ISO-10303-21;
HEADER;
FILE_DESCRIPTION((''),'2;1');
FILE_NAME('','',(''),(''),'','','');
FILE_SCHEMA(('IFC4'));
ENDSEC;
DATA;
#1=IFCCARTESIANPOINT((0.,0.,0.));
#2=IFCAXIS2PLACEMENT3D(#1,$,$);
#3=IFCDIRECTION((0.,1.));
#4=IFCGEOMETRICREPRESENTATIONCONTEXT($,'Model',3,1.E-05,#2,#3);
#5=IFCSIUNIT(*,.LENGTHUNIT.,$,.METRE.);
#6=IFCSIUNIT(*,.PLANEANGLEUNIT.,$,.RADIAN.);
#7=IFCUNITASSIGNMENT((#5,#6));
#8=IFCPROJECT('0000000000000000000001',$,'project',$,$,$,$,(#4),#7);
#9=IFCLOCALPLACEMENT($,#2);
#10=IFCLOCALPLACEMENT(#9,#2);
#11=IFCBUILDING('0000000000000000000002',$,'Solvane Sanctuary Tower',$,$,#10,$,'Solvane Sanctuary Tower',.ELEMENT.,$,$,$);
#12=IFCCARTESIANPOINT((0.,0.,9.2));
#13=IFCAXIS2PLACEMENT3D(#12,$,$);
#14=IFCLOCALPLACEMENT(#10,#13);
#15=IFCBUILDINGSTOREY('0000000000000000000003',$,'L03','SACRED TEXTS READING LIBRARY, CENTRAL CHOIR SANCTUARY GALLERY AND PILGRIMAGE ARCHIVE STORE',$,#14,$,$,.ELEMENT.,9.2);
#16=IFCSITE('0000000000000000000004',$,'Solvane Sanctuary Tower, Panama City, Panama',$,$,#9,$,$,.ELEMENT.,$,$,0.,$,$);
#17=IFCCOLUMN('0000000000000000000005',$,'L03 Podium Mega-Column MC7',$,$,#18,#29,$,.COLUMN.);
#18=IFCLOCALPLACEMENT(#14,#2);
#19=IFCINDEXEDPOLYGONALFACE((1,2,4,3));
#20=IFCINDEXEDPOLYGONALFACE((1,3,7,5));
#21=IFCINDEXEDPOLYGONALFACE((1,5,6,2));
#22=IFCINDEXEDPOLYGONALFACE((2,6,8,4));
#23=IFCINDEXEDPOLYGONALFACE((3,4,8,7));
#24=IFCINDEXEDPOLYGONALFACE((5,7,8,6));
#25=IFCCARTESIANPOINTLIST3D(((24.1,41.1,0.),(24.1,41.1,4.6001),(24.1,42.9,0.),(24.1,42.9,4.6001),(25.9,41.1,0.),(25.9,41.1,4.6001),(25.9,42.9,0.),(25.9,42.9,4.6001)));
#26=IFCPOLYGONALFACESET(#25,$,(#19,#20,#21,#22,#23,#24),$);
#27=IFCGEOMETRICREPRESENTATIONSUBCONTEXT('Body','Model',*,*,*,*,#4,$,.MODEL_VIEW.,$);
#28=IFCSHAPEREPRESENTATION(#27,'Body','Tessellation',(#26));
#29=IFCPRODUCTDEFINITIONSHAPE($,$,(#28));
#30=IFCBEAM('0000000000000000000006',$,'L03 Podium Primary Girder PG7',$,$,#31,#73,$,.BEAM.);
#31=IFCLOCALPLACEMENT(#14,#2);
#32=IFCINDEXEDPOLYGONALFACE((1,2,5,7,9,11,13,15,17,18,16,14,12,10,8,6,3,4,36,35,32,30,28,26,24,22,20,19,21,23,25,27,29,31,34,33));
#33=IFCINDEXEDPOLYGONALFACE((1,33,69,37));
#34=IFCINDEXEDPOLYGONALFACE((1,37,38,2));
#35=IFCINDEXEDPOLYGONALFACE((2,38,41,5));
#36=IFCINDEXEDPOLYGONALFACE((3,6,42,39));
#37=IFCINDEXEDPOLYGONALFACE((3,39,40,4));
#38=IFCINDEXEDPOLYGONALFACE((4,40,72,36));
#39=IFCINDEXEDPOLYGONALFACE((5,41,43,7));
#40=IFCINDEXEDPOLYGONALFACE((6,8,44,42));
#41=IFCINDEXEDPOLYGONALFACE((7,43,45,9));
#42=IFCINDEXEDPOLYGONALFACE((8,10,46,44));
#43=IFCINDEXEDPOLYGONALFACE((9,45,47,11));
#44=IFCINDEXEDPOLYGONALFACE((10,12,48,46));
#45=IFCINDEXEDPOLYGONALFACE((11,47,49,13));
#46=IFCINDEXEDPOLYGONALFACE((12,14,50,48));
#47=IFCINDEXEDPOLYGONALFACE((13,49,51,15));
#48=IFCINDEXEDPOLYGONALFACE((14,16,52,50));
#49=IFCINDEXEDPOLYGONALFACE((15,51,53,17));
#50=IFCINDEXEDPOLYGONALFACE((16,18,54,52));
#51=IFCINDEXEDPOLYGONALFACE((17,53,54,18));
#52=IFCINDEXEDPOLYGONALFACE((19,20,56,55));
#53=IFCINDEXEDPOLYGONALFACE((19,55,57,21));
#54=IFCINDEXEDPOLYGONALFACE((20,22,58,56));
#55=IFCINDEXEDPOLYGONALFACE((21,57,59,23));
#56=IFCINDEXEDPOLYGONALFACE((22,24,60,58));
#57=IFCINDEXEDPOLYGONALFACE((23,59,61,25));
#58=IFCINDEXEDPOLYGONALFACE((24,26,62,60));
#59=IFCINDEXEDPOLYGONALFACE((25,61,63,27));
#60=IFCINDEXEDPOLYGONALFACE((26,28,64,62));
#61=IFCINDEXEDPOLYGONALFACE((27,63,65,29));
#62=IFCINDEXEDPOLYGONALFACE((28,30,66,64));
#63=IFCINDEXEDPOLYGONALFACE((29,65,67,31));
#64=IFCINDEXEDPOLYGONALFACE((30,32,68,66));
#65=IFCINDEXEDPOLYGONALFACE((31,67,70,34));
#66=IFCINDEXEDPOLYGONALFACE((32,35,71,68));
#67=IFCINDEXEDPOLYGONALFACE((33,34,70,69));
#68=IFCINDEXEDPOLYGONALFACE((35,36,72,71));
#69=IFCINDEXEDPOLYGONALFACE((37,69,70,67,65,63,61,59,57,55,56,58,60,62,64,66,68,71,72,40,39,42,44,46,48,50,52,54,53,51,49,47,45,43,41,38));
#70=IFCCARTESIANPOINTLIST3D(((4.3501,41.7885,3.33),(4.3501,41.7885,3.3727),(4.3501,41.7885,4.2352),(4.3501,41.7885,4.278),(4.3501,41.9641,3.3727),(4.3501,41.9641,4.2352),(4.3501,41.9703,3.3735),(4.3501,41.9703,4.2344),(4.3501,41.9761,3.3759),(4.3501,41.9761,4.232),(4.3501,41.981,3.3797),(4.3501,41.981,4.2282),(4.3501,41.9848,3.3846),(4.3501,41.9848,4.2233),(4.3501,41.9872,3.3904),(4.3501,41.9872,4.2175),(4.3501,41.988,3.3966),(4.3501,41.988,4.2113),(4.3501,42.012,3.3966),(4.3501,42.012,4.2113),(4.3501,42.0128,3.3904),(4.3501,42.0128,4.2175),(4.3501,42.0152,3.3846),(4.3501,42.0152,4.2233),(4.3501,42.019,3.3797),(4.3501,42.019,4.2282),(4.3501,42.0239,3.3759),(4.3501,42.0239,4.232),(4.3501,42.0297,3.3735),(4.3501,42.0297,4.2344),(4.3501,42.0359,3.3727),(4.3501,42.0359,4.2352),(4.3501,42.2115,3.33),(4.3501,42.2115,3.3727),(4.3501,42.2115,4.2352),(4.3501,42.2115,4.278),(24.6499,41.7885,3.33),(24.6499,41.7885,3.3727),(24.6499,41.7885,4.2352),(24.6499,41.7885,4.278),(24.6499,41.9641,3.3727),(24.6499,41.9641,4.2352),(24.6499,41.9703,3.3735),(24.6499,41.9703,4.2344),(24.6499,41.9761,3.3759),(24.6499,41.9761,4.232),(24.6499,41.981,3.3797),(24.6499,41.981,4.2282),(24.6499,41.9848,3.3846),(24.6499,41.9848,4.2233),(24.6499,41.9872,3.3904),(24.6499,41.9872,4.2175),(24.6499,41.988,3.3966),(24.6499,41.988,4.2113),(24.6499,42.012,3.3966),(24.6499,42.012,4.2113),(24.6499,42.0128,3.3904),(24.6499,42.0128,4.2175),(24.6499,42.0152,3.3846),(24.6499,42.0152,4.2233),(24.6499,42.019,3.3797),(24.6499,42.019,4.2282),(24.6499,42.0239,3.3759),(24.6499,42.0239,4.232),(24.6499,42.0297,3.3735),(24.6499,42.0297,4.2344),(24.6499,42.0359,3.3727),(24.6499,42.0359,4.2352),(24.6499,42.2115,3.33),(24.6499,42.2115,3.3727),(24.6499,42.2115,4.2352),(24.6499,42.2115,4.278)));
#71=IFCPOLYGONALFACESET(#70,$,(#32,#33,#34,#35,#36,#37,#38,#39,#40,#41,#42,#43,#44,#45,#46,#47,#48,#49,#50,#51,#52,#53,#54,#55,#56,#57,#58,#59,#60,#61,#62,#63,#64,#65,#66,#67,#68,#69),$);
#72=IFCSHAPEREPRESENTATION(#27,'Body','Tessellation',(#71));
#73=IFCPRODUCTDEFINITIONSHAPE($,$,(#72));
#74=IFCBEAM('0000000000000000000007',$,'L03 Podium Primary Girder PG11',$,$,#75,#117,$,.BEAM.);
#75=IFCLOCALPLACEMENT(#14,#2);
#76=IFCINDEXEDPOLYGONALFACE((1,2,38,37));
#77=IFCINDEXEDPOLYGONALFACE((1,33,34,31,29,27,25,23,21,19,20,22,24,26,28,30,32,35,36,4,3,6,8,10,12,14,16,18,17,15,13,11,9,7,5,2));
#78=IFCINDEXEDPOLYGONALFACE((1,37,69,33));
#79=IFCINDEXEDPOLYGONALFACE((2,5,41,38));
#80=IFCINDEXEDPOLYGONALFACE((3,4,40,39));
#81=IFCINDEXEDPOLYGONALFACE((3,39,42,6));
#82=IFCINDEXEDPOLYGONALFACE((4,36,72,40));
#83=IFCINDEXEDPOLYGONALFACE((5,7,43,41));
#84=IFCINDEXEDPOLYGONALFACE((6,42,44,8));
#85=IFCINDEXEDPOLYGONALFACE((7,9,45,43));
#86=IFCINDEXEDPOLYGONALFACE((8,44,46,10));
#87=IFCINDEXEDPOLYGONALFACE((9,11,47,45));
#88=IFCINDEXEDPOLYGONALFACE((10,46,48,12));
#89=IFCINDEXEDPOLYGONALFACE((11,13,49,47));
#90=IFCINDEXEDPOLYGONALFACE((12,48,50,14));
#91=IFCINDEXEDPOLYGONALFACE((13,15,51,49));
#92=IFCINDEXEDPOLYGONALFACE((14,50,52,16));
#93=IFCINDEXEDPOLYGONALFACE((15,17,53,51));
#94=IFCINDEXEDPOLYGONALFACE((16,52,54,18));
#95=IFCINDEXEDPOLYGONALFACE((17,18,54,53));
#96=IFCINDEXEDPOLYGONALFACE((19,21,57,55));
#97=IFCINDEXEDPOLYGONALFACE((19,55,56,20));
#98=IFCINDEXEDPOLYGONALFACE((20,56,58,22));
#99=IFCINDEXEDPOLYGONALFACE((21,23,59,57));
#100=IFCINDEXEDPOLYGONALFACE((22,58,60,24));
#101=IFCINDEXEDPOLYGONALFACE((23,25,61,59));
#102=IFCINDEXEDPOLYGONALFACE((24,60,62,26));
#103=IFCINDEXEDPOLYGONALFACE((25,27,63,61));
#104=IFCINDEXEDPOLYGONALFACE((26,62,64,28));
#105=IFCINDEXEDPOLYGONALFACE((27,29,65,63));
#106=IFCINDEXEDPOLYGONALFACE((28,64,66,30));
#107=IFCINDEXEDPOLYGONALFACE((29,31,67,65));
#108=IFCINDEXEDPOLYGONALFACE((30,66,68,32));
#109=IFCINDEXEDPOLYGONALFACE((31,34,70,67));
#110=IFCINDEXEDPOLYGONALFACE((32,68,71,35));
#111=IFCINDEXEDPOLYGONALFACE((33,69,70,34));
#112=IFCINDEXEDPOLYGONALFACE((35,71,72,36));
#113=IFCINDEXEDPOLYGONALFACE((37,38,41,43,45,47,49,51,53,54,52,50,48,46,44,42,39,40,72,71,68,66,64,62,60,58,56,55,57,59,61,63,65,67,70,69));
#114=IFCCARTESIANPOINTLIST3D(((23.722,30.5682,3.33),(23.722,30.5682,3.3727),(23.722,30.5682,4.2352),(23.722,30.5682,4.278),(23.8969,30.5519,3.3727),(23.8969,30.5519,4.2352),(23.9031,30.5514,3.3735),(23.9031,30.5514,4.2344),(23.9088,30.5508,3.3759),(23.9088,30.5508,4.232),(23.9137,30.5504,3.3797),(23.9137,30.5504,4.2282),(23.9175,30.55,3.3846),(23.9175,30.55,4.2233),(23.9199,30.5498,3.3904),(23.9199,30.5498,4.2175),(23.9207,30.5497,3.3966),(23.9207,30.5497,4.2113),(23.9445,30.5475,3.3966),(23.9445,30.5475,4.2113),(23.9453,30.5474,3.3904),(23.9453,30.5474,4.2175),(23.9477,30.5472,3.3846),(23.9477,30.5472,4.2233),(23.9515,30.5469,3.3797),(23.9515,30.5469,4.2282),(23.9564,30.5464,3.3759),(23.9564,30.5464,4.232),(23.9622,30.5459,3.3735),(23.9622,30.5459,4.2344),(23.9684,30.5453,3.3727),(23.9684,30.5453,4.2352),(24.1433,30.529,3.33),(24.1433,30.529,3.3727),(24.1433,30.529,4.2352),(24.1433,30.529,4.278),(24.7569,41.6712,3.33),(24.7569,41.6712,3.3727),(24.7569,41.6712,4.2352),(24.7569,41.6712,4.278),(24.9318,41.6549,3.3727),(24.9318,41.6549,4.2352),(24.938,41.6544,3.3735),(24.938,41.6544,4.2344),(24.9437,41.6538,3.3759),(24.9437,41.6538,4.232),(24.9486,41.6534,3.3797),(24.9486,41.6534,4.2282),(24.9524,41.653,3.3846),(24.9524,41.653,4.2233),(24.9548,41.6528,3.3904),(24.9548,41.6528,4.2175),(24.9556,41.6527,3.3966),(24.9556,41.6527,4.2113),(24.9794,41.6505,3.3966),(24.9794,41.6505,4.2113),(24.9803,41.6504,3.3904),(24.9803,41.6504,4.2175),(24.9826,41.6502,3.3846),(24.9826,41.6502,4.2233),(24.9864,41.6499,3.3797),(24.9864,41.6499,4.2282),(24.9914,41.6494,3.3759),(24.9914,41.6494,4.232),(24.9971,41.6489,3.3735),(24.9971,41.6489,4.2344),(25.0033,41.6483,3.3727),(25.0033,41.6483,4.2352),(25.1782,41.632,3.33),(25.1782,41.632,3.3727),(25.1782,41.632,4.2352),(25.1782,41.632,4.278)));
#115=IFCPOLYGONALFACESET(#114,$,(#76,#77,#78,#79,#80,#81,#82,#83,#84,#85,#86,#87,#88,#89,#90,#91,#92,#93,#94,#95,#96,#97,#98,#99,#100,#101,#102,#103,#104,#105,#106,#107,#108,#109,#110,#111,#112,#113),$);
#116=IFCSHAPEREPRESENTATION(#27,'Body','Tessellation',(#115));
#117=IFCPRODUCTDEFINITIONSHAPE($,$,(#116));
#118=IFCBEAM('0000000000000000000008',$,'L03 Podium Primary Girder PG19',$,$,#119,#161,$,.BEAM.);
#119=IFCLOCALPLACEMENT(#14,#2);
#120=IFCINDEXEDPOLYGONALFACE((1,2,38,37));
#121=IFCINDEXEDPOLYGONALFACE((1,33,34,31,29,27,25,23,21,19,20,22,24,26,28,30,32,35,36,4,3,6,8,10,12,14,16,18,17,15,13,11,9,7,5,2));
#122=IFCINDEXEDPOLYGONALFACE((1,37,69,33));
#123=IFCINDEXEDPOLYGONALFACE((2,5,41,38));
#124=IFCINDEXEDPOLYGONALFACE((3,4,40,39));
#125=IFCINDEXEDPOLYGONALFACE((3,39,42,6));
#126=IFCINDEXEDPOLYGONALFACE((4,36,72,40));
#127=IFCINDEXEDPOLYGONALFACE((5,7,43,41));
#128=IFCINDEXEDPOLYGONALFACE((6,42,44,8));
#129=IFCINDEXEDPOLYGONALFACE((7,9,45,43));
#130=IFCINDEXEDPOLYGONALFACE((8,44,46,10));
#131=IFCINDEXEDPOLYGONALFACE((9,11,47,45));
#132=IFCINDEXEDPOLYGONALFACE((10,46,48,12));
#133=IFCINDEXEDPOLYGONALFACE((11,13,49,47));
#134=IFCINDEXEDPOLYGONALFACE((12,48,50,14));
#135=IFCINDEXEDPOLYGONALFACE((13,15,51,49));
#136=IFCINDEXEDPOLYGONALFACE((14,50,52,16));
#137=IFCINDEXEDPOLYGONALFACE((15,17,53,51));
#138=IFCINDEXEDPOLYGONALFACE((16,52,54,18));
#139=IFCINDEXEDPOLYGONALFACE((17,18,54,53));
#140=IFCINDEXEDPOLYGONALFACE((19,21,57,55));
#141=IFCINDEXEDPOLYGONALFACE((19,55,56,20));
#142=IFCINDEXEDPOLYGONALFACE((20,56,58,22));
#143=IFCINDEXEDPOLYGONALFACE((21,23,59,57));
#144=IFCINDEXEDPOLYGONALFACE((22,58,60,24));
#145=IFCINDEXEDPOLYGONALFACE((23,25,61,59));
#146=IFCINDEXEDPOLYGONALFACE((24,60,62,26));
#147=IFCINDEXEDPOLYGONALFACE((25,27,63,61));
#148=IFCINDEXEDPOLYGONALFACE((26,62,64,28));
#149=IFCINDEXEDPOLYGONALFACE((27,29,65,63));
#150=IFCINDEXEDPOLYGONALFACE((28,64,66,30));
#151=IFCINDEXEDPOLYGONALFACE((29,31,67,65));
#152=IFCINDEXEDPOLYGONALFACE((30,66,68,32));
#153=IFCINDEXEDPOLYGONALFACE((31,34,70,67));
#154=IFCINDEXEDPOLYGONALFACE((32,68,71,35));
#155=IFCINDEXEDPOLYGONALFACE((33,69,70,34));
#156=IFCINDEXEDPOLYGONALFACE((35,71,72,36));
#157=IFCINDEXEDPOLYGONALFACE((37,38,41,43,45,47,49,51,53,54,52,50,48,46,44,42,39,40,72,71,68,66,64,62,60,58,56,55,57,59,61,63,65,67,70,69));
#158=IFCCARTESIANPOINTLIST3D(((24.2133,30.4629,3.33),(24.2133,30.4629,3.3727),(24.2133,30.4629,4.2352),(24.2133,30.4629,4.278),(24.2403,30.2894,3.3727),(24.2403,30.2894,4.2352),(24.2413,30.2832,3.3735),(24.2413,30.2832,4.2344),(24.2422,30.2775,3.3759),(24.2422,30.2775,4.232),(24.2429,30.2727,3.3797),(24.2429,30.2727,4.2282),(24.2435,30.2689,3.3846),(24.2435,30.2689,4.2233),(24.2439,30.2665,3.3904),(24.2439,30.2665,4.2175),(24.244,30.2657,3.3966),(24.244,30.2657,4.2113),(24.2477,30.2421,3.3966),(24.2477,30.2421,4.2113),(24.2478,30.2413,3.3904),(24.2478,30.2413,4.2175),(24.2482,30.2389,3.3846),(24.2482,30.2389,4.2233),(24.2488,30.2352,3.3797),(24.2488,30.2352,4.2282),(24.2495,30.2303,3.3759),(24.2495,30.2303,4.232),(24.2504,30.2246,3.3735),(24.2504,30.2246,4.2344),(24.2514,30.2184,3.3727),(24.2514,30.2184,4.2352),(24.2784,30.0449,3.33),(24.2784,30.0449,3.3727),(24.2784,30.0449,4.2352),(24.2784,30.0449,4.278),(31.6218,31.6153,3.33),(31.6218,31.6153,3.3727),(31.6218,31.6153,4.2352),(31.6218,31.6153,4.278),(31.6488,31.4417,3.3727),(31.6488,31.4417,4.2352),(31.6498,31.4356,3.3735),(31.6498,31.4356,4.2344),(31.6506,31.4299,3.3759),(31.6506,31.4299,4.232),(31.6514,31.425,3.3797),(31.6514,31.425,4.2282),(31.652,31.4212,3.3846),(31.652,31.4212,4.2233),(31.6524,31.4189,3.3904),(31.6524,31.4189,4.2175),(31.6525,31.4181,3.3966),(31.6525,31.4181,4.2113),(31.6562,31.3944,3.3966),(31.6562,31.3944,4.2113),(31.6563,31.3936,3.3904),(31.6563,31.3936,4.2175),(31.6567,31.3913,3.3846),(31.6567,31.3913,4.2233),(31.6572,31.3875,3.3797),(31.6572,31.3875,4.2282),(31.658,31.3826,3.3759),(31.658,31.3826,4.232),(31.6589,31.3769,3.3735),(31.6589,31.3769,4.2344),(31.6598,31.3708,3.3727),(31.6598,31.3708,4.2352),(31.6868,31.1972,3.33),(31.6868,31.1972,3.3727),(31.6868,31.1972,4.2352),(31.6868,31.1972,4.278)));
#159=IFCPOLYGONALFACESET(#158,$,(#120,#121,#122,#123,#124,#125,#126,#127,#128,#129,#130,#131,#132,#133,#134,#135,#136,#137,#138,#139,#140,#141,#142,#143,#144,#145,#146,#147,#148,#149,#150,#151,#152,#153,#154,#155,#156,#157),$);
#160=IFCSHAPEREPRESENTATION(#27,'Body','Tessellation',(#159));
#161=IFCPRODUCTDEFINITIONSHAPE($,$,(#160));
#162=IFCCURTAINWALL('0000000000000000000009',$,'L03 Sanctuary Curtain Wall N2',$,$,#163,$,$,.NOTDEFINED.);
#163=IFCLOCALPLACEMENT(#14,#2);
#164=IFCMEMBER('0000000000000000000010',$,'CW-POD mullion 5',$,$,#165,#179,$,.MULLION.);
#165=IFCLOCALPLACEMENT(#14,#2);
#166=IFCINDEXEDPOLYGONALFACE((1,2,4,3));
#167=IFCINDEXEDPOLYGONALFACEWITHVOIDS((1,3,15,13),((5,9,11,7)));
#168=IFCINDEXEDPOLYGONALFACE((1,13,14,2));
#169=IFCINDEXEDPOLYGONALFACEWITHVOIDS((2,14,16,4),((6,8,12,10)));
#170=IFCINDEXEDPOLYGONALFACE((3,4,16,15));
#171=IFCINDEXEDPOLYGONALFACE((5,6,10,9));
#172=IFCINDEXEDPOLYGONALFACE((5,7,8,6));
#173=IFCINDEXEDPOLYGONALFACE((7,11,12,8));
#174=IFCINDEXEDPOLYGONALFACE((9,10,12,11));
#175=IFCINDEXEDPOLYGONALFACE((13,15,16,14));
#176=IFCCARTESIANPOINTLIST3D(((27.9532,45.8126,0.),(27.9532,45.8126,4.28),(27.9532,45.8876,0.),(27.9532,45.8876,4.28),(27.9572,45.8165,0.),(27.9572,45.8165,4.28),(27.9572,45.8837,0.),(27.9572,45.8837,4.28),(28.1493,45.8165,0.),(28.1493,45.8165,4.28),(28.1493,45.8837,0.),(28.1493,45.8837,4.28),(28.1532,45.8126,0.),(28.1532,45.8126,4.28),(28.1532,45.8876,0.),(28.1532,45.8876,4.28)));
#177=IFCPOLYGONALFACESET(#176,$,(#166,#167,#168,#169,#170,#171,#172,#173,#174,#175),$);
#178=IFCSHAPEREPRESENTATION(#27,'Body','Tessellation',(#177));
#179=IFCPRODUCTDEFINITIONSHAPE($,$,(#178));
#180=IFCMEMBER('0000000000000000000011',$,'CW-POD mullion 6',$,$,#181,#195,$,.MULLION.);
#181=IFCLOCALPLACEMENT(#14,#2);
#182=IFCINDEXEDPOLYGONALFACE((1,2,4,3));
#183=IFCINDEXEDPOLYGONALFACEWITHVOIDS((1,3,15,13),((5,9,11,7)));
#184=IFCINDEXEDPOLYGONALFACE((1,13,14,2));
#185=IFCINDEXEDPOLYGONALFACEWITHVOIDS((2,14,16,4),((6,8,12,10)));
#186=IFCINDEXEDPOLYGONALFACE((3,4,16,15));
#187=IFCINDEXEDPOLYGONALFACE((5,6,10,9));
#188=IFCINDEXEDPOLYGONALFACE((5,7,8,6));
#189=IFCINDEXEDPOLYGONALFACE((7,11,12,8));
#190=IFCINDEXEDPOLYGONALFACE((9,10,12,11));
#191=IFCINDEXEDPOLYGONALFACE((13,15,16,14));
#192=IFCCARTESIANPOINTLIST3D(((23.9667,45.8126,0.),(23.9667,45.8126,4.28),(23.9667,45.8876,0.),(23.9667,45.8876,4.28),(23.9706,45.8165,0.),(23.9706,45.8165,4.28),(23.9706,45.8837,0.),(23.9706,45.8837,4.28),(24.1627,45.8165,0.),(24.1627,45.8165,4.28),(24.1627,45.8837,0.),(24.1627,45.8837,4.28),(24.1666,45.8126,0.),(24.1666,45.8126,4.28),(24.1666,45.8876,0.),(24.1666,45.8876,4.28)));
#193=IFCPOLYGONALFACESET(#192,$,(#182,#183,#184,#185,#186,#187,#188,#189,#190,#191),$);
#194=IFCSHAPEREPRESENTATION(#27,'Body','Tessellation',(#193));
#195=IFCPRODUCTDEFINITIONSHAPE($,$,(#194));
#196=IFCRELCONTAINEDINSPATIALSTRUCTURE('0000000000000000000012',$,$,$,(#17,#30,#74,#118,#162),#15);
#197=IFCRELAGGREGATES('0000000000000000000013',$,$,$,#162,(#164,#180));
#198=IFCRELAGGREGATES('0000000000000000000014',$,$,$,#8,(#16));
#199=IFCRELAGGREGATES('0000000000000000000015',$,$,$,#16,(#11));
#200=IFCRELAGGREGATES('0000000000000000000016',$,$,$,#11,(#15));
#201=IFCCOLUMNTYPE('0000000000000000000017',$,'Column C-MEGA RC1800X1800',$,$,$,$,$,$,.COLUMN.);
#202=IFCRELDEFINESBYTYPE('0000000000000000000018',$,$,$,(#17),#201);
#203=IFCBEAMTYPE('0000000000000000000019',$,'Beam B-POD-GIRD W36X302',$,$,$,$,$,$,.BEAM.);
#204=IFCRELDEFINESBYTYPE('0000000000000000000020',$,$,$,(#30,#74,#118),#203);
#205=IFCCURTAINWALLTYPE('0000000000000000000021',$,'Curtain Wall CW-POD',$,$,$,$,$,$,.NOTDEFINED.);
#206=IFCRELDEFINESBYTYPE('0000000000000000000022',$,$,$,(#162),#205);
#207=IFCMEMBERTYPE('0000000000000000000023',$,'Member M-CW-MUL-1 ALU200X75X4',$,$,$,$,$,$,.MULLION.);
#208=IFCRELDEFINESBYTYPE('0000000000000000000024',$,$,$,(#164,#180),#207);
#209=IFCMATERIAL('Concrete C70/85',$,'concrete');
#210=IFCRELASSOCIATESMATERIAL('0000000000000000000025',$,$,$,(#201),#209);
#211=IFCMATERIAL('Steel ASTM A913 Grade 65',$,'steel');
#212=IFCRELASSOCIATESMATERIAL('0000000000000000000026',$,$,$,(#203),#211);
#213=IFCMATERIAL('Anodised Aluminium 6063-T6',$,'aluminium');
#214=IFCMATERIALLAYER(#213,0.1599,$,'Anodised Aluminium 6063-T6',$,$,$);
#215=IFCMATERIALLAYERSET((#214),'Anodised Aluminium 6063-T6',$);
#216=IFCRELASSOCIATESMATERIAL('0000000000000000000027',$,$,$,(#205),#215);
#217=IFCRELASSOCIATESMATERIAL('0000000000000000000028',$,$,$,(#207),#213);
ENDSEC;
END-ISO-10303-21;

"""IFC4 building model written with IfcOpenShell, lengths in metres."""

from ifc_helpers import new_model, si_unit, direction, frame, origin, origin_2d, place, context, subcontext, project, spatial, rectangle, hollow_rectangle, i_section, extrude, material, layer, layer_set, material_profile, profile_set, type_object, element, aggregate, save


model = new_model("IFC4")

# Units and contexts
model_context = context("Model", 3, precision=1e-05, world=origin(), true_north=direction((0.0, 1.0)))
body_context = subcontext(model_context, "Body", "Model", "MODEL_VIEW")
ifc_project = project(units=[si_unit("LENGTHUNIT", "METRE"), si_unit("PLANEANGLEUNIT", "RADIAN")], contexts=[model_context])

# Site, building, storey
site_placement = place(None, origin())
site = spatial("IfcSite", under=ifc_project, at=site_placement, Name="Solvane Sanctuary Tower, Panama City, Panama", CompositionType="ELEMENT", RefElevation=0.0)
building_placement = place(site_placement, origin())
building = spatial("IfcBuilding", under=site, at=building_placement, Name="Solvane Sanctuary Tower", LongName="Solvane Sanctuary Tower", CompositionType="ELEMENT")
storey_placement = place(building_placement, frame((0.0, 0.0, 9.2)))
storey = spatial("IfcBuildingStorey", under=building, at=storey_placement, Name="L03", Description="SACRED TEXTS READING LIBRARY, CENTRAL CHOIR SANCTUARY GALLERY AND PILGRIMAGE ARCHIVE STORE", CompositionType="ELEMENT", Elevation=9.2)

# Column
ifc_material_1 = material(Name="Concrete C70/85", Category="concrete")
ifc_material_profile_1 = material_profile(ifc_material_1, rectangle(XDim=1.8, YDim=1.8, at=origin_2d()), Name="RC1800X1800")
ifc_profile_set_1 = profile_set([ifc_material_profile_1], Name="Concrete C70/85")
column_type = type_object("IfcColumnType", Name="Column C-MEGA RC1800X1800", PredefinedType="COLUMN", material=ifc_profile_set_1)
column_placement = place(storey_placement, frame((25.0, 42.0, 0.0), z_axis=(0.0, 0.0, 1.0), x_axis=(1.0, 0.0, 0.0)))
element("IfcColumn", 1, at=column_placement, inside=storey, type_object=column_type, Name="L03 Podium Mega-Column MC7", PredefinedType="COLUMN", context=body_context, shape_type="SweptSolid", body=[
    extrude(rectangle(XDim=1.8, YDim=1.8, at=origin_2d()), origin(), (0.0, 0.0, 1.0), 4.6001),
])

# Beams
ifc_material_2 = material(Name="Steel ASTM A913 Grade 65", Category="steel")
ifc_material_profile_2 = material_profile(ifc_material_2, i_section(OverallWidth=0.4231, OverallDepth=0.948, WebThickness=0.0239, FlangeThickness=0.0427, FilletRadius=0.0239, at=origin_2d()), Name="W36X302")
ifc_profile_set_2 = profile_set([ifc_material_profile_2], Name="Steel ASTM A913 Grade 65")
beam_type = type_object("IfcBeamType", Name="Beam B-POD-GIRD W36X302", PredefinedType="BEAM", material=ifc_profile_set_2)
beam_1_placement = place(storey_placement, frame((24.6499, 42.0, 3.804), z_axis=(-1.0, 0.0, 0.0), x_axis=(0.0, -1.0, 0.0)))
element("IfcBeam", 2, at=beam_1_placement, inside=storey, type_object=beam_type, Name="L03 Podium Primary Girder PG7", PredefinedType="BEAM", context=body_context, shape_type="SweptSolid", body=[
    extrude(i_section(OverallWidth=0.4231, OverallDepth=0.948, WebThickness=0.0239, FlangeThickness=0.0427, FilletRadius=0.0239, at=origin_2d()), origin(), (0.0, 0.0, 1.0), 20.2998),
])
beam_2_placement = place(storey_placement, frame((24.9675, 41.6516, 3.804), z_axis=(-0.092808, -0.995684, 0.0), x_axis=(0.995684, -0.092808, 0.0)))
element("IfcBeam", 3, at=beam_2_placement, inside=storey, type_object=beam_type, Name="L03 Podium Primary Girder PG11", PredefinedType="BEAM", context=body_context, shape_type="SweptSolid", body=[
    extrude(i_section(OverallWidth=0.4231, OverallDepth=0.948, WebThickness=0.0239, FlangeThickness=0.0427, FilletRadius=0.0239, at=origin_2d()), origin(), (0.0, 0.0, 1.0), 11.1511),
])
beam_3_placement = place(storey_placement, frame((24.2458, 30.2539, 3.804), z_axis=(0.988118, 0.153696, 0.0), x_axis=(-0.153696, 0.988118, 0.0)))
element("IfcBeam", 4, at=beam_3_placement, inside=storey, type_object=beam_type, Name="L03 Podium Primary Girder PG19", PredefinedType="BEAM", context=body_context, shape_type="SweptSolid", body=[
    extrude(i_section(OverallWidth=0.4231, OverallDepth=0.948, WebThickness=0.0239, FlangeThickness=0.0427, FilletRadius=0.0239, at=origin_2d()), origin(), (0.0, 0.0, 1.0), 7.4976),
])

# Curtain wall, members
ifc_material_3 = material(Name="Anodised Aluminium 6063-T6", Category="aluminium")
ifc_layer_1 = layer(ifc_material_3, 0.1599, Name="Anodised Aluminium 6063-T6")
ifc_layer_set_1 = layer_set([ifc_layer_1], Name="Anodised Aluminium 6063-T6")
curtain_wall_type = type_object("IfcCurtainWallType", Name="Curtain Wall CW-POD", PredefinedType="NOTDEFINED", material=ifc_layer_set_1)
curtain_wall_placement = place(storey_placement, origin())
curtain_wall = element("IfcCurtainWall", 5, at=curtain_wall_placement, inside=storey, type_object=curtain_wall_type, Name="L03 Sanctuary Curtain Wall N2", PredefinedType="NOTDEFINED")
ifc_material_profile_3 = material_profile(ifc_material_3, hollow_rectangle(XDim=0.075, YDim=0.2, WallThickness=0.0039, at=origin_2d()), Name="ALU200X75X4")
ifc_profile_set_3 = profile_set([ifc_material_profile_3], Name="Anodised Aluminium 6063-T6")
member_type_1 = type_object("IfcMemberType", Name="Member M-CW-MUL-1 ALU200X75X4", PredefinedType="MULLION", material=ifc_profile_set_3)
member_1_placement = place(storey_placement, frame((28.0532, 45.8501, 0.0), z_axis=(0.0, 0.0, 1.0), x_axis=(0.0, -1.0, 0.0)))
member_1 = element("IfcMember", 6, at=member_1_placement, type_object=member_type_1, Name="CW-POD mullion 5", PredefinedType="MULLION", context=body_context, shape_type="SweptSolid", body=[
    extrude(hollow_rectangle(XDim=0.075, YDim=0.2, WallThickness=0.0039, at=origin_2d()), origin(), (0.0, 0.0, 1.0), 4.28),
])
member_2_placement = place(storey_placement, frame((24.0667, 45.8501, 0.0), z_axis=(0.0, 0.0, 1.0), x_axis=(0.0, -1.0, 0.0)))
member_2 = element("IfcMember", 7, at=member_2_placement, type_object=member_type_1, Name="CW-POD mullion 6", PredefinedType="MULLION", context=body_context, shape_type="SweptSolid", body=[
    extrude(hollow_rectangle(XDim=0.075, YDim=0.2, WallThickness=0.0039, at=origin_2d()), origin(), (0.0, 0.0, 1.0), 4.28),
])
aggregate(curtain_wall, [member_1, member_2])

save(model, "model.ifc")
